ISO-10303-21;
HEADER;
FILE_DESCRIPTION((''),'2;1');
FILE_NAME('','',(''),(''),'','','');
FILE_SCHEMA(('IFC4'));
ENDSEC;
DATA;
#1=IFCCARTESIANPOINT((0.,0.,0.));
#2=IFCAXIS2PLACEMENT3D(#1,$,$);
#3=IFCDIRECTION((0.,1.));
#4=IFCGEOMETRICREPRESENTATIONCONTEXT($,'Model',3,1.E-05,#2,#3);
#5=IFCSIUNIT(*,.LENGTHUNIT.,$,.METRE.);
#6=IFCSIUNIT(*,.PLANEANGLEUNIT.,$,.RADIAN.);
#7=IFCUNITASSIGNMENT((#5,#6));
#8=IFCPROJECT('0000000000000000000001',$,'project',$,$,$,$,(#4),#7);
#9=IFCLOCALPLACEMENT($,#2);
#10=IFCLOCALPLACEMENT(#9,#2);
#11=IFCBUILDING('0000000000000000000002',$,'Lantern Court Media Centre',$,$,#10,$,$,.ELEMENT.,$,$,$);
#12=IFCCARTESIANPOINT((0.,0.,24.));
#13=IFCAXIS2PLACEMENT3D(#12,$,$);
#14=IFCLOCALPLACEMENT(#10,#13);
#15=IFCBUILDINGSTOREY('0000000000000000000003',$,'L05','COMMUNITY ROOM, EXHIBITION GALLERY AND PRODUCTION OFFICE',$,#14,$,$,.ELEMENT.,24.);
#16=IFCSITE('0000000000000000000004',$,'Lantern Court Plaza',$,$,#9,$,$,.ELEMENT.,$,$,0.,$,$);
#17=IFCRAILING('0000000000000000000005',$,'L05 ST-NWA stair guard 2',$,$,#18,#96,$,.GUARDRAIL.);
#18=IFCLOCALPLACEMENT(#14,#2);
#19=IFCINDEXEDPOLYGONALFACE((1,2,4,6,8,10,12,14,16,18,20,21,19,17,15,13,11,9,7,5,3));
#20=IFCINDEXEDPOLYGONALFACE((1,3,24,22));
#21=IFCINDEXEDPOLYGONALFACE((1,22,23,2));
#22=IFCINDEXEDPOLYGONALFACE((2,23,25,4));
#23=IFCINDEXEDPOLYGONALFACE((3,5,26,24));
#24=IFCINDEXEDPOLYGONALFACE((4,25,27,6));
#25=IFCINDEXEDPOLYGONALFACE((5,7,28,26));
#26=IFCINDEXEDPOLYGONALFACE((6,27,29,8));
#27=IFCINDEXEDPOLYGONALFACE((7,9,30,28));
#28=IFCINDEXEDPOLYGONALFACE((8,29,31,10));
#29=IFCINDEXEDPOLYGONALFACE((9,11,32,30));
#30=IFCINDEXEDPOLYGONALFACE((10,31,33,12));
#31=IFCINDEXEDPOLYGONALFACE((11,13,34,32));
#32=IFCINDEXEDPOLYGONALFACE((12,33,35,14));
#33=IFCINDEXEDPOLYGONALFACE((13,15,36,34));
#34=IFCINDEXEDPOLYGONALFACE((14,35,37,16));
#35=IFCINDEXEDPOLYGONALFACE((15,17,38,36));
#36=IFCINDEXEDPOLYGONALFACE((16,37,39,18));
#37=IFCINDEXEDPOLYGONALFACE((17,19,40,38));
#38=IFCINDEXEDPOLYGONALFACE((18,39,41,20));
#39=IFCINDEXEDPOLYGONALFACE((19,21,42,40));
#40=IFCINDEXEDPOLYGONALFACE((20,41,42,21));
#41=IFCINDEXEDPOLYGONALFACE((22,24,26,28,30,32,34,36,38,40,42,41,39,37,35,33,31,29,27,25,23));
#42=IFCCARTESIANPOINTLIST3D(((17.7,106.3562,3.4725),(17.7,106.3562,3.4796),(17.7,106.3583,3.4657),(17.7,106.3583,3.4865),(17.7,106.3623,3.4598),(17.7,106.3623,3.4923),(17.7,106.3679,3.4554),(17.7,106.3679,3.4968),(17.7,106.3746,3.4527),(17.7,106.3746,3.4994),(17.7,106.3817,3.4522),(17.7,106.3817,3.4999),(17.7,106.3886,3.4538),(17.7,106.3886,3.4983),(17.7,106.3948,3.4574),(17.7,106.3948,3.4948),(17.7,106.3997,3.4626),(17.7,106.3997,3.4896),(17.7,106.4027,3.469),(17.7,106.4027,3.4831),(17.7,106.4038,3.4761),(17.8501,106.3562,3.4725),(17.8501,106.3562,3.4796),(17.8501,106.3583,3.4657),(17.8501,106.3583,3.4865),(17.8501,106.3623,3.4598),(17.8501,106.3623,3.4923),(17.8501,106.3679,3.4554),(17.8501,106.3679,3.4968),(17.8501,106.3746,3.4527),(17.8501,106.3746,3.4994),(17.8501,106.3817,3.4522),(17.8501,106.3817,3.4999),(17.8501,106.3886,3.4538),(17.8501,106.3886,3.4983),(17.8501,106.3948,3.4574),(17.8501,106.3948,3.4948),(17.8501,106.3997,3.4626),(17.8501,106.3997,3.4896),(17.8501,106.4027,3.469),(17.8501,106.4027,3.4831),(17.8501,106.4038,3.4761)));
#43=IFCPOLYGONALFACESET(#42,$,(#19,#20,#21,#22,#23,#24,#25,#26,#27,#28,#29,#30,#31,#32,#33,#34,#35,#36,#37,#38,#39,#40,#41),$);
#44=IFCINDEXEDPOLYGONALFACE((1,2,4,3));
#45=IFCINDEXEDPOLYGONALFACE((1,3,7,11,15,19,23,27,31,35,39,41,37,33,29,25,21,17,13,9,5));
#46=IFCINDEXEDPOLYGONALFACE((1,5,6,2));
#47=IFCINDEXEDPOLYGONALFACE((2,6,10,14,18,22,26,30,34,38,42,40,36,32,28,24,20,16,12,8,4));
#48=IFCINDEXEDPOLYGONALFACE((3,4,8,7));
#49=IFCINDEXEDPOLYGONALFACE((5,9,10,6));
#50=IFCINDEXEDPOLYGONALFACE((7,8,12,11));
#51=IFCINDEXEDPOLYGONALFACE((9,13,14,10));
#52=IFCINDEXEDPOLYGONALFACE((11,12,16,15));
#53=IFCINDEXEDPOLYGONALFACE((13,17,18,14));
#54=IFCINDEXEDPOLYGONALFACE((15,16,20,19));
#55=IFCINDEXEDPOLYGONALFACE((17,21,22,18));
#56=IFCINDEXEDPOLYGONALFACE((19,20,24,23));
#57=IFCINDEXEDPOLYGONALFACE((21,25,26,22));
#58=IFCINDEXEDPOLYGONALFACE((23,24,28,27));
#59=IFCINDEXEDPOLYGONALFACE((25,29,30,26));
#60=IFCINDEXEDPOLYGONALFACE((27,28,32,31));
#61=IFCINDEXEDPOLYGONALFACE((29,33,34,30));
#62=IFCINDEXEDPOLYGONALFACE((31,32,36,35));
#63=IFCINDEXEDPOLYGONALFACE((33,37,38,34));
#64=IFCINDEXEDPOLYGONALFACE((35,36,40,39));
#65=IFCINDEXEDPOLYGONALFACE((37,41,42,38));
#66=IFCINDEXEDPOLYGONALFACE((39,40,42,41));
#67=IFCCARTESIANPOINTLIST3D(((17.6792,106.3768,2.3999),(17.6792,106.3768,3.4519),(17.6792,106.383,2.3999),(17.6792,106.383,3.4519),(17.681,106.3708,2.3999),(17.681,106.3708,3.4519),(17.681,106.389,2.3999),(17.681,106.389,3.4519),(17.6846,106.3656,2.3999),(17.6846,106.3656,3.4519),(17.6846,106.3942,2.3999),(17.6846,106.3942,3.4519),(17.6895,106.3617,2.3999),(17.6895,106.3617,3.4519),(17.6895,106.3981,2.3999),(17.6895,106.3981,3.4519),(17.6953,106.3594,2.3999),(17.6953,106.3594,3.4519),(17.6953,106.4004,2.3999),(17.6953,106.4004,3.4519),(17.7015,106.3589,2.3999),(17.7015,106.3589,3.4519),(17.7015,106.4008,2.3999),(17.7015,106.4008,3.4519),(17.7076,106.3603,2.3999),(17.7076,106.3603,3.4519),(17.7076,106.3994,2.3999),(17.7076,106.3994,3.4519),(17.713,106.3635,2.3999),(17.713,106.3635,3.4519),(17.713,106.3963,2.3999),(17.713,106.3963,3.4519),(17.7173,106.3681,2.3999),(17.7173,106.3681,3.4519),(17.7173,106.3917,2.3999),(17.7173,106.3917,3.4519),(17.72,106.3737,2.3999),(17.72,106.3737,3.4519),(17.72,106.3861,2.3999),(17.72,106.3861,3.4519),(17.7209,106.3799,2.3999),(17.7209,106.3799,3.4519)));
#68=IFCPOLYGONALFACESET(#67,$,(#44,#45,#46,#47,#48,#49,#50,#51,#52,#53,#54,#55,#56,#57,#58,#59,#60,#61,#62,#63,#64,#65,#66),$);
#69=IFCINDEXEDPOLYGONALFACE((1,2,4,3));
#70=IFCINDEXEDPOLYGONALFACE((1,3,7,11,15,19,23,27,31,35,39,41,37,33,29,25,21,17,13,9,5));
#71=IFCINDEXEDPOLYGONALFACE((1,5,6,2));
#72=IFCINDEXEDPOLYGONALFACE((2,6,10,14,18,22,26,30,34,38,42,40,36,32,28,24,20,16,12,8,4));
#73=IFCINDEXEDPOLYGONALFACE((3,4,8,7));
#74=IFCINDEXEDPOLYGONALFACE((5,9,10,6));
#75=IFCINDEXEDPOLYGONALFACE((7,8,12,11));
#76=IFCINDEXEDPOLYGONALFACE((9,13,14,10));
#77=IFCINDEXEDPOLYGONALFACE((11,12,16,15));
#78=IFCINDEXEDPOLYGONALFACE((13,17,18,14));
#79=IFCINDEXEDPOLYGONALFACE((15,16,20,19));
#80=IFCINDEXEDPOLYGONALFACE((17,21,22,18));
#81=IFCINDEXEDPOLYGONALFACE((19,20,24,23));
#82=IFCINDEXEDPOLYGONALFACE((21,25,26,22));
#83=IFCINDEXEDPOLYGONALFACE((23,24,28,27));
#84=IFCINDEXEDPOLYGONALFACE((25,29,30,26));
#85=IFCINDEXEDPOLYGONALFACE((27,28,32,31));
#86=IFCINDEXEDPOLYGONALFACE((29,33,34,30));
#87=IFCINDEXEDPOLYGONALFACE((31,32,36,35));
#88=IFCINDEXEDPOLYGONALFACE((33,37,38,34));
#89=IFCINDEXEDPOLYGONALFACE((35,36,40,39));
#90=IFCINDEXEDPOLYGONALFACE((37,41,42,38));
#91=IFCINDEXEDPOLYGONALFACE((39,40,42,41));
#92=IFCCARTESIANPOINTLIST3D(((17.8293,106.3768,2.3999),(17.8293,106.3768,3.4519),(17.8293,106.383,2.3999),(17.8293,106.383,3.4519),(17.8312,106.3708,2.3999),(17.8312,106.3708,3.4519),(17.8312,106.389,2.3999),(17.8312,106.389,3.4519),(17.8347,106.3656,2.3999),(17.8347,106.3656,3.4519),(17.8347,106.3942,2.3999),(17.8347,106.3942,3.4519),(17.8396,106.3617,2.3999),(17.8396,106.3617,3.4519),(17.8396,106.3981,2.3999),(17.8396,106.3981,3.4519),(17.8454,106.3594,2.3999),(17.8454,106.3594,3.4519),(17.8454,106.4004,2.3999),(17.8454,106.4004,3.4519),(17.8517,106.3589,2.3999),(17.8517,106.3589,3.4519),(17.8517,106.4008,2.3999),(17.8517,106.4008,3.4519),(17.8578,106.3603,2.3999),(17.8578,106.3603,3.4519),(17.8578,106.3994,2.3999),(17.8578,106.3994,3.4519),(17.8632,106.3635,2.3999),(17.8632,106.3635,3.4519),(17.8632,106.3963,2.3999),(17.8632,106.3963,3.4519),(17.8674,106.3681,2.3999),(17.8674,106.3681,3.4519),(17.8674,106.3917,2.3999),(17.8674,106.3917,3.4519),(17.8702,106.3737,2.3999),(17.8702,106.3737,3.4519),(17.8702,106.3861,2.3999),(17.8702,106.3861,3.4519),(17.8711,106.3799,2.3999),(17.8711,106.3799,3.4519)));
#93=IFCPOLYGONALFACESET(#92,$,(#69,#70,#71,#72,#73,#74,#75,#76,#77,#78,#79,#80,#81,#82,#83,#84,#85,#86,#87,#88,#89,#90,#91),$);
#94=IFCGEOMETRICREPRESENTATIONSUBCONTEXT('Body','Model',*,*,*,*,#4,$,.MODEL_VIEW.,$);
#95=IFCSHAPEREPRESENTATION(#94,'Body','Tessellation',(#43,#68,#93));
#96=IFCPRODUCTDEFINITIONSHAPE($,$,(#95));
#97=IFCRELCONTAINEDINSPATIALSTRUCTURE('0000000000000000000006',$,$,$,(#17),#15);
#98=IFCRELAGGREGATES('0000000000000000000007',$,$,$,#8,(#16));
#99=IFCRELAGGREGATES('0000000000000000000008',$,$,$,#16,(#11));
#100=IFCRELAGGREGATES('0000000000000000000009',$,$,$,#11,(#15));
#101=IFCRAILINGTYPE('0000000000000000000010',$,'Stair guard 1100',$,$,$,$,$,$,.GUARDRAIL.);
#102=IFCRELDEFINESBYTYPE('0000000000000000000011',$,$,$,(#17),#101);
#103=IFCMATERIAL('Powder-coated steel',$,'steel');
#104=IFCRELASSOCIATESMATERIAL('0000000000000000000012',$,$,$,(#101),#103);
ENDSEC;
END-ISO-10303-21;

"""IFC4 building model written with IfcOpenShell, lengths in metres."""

from ifc_helpers import new_model, si_unit, direction, frame, origin, origin_2d, place, context, subcontext, project, spatial, circle, extrude, material, type_object, element, save


model = new_model("IFC4")

# Units and contexts
model_context = context("Model", 3, precision=1e-05, world=origin(), true_north=direction((0.0, 1.0)))
body_context = subcontext(model_context, "Body", "Model", "MODEL_VIEW")
ifc_project = project(units=[si_unit("LENGTHUNIT", "METRE"), si_unit("PLANEANGLEUNIT", "RADIAN")], contexts=[model_context])

# Site, building, storey
site_placement = place(None, origin())
site = spatial("IfcSite", under=ifc_project, at=site_placement, Name="Lantern Court Plaza", CompositionType="ELEMENT", RefElevation=0.0)
building_placement = place(site_placement, origin())
building = spatial("IfcBuilding", under=site, at=building_placement, Name="Lantern Court Media Centre", CompositionType="ELEMENT")
storey_placement = place(building_placement, frame((0.0, 0.0, 24.0)))
storey = spatial("IfcBuildingStorey", under=building, at=storey_placement, Name="L05", Description="COMMUNITY ROOM, EXHIBITION GALLERY AND PRODUCTION OFFICE", CompositionType="ELEMENT", Elevation=24.0)

# Shared definitions
ifc_material_1 = material(Name="Powder-coated steel", Category="steel")

# Railing
railing_type_1 = type_object("IfcRailingType", Name="Stair guard 1100", PredefinedType="GUARDRAIL", material=ifc_material_1)
railing_1_placement = place(storey_placement, frame((17.7, 106.3799, 2.3999)))
element("IfcRailing", 1, at=railing_1_placement, inside=storey, type_object=railing_type_1, Name="L05 ST-NWA stair guard 2", PredefinedType="GUARDRAIL", context=body_context, shape_type="SweptSolid", body=[
    extrude(circle(Radius=0.0239, at=origin_2d()), frame((0.0, 0.0, 1.0762), z_axis=(1.0, 0.0, 0.0), x_axis=(0.0, 1.0, 0.0)), (0.0, 0.0, 1.0), 0.1501),
    extrude(circle(Radius=0.021, at=origin_2d()), origin(), (0.0, 0.0, 1.0), 1.052),
    extrude(circle(Radius=0.021, at=origin_2d()), frame((0.1501, 0.0, 0.0)), (0.0, 0.0, 1.0), 1.052),
])

save(model, "model.ifc")
